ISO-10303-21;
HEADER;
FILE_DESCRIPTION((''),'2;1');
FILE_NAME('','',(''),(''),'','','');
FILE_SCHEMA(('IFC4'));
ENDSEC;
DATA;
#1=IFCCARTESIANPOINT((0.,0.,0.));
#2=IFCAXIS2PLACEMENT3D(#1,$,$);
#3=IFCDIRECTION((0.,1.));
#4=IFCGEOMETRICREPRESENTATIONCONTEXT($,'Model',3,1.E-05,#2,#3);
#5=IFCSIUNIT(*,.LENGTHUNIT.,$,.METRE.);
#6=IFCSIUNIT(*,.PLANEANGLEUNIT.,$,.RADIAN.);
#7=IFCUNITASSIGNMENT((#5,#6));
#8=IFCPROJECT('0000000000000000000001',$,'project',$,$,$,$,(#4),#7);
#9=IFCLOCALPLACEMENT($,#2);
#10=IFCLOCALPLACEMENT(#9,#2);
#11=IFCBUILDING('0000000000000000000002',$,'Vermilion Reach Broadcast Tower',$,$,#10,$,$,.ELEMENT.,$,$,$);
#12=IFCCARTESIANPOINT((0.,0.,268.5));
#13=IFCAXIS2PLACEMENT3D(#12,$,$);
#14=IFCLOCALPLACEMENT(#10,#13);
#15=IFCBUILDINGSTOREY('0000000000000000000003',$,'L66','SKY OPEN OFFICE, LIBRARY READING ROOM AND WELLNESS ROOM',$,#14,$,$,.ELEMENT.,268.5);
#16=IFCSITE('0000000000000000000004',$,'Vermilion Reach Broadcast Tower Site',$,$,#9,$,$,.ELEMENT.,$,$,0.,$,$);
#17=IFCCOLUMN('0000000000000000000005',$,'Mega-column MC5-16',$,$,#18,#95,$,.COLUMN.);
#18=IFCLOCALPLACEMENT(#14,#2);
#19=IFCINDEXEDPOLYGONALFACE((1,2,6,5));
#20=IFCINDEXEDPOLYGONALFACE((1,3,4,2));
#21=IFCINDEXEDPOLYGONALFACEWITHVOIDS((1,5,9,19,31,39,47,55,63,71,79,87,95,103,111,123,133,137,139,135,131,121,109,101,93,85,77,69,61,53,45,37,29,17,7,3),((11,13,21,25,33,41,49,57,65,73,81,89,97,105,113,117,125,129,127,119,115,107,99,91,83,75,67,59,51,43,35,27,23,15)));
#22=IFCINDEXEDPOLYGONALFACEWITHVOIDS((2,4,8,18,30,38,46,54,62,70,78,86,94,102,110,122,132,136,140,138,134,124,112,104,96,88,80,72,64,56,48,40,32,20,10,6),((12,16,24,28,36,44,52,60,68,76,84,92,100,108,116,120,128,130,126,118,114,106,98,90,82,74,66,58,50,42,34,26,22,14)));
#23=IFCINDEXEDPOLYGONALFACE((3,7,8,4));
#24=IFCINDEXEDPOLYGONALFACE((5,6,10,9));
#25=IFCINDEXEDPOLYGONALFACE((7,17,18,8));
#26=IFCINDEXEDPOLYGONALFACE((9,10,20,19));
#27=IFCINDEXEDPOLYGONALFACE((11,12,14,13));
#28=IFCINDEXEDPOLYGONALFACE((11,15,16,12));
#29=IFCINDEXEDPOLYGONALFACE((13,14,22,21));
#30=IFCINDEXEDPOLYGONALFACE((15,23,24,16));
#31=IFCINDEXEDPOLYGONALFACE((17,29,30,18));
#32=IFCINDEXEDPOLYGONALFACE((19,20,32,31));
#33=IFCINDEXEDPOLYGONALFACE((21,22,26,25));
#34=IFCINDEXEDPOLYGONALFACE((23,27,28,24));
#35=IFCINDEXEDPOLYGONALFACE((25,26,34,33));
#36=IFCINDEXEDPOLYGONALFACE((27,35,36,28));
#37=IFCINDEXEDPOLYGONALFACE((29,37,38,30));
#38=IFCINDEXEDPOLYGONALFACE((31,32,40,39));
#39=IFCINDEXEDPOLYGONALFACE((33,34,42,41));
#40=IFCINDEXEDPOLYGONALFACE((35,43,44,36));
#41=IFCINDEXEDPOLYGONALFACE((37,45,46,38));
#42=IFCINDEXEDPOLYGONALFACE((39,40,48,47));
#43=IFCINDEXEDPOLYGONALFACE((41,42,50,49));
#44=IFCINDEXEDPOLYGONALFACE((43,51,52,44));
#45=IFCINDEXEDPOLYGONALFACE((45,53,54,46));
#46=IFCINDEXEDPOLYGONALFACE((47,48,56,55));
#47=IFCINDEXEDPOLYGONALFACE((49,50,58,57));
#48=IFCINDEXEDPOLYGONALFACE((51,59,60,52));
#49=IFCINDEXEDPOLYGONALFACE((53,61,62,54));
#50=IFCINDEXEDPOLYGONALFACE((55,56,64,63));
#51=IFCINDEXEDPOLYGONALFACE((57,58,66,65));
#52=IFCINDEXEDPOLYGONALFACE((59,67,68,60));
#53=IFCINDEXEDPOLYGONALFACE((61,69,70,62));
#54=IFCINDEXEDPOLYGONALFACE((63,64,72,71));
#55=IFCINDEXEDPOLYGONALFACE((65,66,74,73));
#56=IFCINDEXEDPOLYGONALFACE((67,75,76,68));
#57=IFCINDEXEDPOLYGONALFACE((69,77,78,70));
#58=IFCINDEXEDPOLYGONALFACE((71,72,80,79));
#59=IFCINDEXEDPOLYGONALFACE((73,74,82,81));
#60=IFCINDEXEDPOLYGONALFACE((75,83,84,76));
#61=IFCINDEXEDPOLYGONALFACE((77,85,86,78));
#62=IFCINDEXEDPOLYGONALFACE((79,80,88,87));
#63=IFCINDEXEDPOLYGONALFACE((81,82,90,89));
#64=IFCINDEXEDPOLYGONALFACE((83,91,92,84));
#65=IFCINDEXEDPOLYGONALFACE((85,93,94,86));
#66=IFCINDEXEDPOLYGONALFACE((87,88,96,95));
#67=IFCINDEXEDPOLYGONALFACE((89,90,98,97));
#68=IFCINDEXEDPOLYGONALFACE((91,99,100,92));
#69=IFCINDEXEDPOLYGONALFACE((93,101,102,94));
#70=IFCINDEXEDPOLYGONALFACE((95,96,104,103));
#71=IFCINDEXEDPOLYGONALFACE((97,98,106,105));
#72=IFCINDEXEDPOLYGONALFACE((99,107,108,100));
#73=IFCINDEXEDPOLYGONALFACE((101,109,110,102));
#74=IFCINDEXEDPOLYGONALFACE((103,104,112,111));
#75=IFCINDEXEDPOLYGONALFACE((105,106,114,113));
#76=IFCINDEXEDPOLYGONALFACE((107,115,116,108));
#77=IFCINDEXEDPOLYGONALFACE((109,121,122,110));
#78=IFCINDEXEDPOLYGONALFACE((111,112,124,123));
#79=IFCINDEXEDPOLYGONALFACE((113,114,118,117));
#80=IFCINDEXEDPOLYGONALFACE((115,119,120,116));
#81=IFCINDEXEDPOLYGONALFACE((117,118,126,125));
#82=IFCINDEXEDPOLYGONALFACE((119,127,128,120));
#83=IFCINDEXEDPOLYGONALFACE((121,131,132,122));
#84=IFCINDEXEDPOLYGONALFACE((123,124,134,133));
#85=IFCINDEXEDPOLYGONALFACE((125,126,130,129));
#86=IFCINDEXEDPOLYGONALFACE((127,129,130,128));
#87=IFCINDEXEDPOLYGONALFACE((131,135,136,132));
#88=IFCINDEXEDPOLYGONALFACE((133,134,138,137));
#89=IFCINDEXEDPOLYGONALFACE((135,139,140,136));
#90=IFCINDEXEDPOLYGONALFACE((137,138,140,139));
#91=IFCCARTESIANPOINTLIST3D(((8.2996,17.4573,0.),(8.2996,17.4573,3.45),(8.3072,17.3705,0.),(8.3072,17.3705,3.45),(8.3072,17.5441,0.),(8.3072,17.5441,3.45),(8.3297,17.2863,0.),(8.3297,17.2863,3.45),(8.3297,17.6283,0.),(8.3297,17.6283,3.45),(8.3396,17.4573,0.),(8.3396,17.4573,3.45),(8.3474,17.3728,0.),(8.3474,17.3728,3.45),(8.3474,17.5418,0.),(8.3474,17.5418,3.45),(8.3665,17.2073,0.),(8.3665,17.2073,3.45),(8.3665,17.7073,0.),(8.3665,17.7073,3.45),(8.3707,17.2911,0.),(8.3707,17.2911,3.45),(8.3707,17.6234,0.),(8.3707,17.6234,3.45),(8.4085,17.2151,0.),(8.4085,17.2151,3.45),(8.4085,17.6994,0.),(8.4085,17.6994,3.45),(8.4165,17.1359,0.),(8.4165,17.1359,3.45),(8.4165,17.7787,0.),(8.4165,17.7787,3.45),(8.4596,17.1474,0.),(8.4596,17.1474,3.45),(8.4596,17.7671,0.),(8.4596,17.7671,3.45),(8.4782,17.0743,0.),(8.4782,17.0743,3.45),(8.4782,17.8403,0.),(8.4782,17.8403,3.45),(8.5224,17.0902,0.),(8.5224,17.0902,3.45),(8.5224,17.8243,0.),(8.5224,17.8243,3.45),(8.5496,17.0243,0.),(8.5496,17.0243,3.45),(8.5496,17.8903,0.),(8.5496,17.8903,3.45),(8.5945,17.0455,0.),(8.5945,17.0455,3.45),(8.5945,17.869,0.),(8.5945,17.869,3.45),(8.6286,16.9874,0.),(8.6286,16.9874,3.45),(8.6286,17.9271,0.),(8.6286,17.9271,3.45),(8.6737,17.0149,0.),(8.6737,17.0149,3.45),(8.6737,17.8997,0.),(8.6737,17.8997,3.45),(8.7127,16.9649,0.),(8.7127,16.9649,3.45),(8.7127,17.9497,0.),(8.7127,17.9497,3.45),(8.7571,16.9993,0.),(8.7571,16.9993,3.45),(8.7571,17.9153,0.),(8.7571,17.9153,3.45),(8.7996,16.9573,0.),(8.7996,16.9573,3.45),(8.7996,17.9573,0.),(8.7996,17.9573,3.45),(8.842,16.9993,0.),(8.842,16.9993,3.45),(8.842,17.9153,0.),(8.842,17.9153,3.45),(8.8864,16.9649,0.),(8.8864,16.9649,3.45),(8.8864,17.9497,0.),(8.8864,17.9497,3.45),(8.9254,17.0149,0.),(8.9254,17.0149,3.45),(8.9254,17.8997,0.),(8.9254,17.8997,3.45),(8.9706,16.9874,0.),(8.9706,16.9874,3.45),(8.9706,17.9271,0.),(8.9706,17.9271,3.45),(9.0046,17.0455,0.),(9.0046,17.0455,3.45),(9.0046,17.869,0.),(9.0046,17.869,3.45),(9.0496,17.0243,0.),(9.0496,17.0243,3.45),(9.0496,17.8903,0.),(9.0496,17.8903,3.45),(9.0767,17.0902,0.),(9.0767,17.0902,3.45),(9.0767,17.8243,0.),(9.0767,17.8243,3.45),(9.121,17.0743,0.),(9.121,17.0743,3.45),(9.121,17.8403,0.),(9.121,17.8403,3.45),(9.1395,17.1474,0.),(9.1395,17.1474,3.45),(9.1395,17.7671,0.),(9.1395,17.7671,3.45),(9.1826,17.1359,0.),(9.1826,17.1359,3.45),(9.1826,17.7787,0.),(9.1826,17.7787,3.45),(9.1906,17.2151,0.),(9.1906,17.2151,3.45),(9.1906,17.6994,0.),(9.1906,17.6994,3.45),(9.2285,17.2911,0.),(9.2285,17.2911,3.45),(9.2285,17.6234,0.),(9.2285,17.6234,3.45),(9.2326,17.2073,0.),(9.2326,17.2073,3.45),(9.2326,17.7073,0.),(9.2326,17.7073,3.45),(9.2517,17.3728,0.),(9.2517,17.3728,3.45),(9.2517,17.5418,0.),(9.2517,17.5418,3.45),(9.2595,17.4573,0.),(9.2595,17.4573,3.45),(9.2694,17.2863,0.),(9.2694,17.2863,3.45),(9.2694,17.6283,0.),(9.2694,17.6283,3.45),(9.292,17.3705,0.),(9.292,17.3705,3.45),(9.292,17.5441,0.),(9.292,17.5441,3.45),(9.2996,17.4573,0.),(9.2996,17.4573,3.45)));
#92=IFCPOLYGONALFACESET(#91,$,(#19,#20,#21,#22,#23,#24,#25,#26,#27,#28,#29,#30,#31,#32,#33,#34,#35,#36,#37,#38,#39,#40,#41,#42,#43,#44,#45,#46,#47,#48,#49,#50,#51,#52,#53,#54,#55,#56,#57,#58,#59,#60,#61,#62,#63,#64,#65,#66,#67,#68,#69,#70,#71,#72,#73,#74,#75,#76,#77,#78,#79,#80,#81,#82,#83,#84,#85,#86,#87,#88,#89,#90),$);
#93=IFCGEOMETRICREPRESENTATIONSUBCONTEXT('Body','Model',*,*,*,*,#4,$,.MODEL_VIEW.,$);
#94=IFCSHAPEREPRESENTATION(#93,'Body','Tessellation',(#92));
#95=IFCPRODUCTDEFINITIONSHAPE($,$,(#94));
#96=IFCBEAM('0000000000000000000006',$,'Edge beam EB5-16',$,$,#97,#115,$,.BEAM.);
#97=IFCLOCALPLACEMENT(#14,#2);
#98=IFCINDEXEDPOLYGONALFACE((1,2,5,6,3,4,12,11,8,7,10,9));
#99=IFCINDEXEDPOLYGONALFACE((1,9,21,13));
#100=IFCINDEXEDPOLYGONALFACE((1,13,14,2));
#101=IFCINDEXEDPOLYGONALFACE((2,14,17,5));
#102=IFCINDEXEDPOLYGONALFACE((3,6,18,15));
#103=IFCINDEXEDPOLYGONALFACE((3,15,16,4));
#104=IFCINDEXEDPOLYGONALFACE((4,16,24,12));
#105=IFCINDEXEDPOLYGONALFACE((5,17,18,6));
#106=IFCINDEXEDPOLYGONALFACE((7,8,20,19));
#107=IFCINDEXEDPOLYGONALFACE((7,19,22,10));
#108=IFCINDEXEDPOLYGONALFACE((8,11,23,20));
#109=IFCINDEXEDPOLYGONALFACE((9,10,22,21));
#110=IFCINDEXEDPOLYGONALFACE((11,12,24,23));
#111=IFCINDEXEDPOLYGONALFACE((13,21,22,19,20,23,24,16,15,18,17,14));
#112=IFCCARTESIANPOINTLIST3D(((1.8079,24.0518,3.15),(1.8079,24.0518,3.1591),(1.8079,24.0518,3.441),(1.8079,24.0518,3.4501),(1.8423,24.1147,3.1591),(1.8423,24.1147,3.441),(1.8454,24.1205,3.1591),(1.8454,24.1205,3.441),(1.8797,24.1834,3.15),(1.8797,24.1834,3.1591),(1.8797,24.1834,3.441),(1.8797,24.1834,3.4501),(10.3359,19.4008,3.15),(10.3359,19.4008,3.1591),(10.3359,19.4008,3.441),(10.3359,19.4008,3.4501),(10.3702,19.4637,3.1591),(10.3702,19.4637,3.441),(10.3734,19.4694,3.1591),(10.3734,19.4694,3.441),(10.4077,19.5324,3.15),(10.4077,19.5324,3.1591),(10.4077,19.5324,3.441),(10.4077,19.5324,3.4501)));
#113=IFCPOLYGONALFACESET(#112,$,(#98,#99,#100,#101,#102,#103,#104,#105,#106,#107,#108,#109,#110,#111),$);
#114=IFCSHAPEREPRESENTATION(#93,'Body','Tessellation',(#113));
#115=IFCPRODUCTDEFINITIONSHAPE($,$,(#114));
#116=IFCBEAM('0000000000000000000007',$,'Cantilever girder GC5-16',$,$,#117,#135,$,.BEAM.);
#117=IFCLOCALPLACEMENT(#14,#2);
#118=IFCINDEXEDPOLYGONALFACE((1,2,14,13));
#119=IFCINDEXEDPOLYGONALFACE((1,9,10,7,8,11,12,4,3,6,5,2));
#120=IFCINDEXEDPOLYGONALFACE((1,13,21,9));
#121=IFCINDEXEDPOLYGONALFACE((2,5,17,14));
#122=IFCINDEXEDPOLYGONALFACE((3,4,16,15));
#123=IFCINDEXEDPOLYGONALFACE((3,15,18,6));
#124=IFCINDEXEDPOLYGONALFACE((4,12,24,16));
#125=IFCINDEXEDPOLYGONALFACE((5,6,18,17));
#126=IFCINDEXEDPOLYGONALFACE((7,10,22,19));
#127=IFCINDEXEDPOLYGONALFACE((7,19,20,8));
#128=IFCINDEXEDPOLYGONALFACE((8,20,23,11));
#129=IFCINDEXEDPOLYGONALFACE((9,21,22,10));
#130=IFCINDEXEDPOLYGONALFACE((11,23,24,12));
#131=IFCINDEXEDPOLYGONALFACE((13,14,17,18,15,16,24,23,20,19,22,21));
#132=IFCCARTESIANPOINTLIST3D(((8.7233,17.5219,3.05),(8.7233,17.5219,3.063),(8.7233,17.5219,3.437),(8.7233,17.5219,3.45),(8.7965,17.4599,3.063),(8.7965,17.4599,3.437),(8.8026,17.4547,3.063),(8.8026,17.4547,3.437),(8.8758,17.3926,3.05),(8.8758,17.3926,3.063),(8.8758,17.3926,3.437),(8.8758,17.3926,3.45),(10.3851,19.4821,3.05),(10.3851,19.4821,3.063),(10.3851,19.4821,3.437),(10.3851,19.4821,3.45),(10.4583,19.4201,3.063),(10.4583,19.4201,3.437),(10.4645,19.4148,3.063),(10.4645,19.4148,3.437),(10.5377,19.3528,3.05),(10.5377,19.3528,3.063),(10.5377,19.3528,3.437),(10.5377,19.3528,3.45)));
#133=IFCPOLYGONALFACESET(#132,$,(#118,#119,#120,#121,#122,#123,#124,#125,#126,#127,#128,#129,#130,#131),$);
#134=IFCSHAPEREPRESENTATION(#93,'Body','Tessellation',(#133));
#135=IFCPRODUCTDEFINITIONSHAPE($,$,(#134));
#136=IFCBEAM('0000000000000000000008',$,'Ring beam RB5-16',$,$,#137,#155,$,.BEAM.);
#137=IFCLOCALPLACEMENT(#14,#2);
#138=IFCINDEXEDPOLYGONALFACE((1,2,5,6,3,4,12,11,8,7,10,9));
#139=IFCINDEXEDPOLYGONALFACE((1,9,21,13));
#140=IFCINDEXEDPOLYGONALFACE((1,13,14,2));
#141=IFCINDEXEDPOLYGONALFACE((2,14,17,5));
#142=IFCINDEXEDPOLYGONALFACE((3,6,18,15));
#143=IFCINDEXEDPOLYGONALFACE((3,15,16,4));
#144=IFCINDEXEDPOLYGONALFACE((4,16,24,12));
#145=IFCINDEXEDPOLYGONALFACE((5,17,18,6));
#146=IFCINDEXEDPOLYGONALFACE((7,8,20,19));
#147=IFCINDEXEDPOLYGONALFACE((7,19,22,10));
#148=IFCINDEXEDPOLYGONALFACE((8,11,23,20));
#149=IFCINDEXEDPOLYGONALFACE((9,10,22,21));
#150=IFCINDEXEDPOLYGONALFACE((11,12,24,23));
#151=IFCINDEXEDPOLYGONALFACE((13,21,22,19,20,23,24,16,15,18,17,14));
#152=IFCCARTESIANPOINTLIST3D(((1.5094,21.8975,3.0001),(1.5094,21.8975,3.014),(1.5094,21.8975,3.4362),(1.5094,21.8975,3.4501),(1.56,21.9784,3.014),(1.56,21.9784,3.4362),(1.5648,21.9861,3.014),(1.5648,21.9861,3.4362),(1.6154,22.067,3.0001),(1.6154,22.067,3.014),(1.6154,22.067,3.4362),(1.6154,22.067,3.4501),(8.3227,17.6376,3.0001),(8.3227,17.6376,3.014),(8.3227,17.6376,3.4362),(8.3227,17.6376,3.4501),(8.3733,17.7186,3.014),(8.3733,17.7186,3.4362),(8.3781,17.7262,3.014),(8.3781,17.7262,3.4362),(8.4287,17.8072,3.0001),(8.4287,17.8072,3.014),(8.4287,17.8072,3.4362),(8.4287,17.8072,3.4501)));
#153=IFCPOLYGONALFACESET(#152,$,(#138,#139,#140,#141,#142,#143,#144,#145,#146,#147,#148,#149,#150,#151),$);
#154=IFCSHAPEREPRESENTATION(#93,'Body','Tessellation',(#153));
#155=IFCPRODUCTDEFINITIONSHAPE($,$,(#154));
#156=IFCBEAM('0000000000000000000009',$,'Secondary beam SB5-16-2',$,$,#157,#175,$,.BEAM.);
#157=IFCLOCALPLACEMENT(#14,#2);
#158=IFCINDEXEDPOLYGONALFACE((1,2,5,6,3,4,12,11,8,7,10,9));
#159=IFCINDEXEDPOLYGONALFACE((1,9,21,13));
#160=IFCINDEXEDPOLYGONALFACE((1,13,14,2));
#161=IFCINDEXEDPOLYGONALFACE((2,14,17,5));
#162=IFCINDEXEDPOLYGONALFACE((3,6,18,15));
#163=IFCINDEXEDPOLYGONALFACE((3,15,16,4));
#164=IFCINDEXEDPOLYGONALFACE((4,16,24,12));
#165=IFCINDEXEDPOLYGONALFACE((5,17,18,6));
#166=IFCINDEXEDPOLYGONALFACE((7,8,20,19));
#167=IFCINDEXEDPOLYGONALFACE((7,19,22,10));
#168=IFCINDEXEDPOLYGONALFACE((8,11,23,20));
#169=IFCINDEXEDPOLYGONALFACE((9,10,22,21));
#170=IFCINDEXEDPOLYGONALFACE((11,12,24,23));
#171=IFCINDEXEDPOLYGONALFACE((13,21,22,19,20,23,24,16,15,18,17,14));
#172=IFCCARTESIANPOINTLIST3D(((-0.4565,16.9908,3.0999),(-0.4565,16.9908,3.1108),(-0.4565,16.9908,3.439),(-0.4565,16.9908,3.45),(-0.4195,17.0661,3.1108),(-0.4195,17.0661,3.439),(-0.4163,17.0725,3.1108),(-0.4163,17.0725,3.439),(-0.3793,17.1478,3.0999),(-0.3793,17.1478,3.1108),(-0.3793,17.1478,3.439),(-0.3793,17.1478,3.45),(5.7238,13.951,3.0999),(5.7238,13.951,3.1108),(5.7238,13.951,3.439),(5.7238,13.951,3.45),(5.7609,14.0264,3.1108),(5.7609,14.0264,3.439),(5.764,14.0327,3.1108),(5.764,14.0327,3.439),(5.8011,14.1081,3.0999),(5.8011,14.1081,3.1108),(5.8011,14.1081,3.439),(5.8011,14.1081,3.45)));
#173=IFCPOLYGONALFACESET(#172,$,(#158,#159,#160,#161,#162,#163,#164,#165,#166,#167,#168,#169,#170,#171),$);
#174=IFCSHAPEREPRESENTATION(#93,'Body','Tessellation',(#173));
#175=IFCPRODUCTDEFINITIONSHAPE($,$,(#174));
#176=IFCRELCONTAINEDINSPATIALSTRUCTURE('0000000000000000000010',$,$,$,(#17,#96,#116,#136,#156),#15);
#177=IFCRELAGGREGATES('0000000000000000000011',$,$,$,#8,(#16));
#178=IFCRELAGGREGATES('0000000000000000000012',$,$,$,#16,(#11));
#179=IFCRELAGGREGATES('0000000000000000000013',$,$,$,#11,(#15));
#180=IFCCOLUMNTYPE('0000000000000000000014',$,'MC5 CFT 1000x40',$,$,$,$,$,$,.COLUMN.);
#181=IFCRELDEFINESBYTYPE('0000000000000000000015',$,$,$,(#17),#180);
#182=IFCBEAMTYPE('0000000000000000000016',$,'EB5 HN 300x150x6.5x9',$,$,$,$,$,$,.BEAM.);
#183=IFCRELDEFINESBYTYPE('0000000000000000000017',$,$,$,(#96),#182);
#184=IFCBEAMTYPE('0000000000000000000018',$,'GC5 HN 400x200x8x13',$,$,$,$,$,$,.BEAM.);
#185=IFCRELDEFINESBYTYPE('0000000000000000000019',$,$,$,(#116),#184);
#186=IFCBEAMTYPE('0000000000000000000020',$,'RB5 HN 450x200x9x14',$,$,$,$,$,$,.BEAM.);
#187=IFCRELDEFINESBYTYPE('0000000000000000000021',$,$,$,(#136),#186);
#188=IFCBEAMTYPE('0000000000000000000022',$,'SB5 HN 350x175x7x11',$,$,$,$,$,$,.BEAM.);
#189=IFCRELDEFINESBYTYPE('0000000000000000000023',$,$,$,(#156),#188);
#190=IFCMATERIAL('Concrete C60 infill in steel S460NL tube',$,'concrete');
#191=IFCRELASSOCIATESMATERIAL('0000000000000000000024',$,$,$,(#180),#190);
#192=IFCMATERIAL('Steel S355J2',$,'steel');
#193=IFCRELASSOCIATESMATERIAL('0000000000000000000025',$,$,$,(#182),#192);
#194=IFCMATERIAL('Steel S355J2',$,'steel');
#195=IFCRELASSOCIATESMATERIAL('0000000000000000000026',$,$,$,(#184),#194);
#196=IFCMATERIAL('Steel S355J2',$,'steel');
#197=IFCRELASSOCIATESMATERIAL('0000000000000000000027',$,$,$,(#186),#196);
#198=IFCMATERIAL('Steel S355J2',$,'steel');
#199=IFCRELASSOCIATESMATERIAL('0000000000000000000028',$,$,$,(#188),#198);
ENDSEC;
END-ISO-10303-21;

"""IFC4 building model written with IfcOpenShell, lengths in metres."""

from ifc_helpers import new_model, si_unit, direction, frame, origin, origin_2d, place, context, subcontext, project, spatial, hollow_circle, i_section, extrude, material, material_profile, profile_set, type_object, element, save


model = new_model("IFC4")

# Units and contexts
model_context = context("Model", 3, precision=1e-05, world=origin(), true_north=direction((0.0, 1.0)))
body_context = subcontext(model_context, "Body", "Model", "MODEL_VIEW")
ifc_project = project(units=[si_unit("LENGTHUNIT", "METRE"), si_unit("PLANEANGLEUNIT", "RADIAN")], contexts=[model_context])

# Site, building, storey
site_placement = place(None, origin())
site = spatial("IfcSite", under=ifc_project, at=site_placement, Name="Vermilion Reach Broadcast Tower Site", CompositionType="ELEMENT", RefElevation=0.0)
building_placement = place(site_placement, origin())
building = spatial("IfcBuilding", under=site, at=building_placement, Name="Vermilion Reach Broadcast Tower", CompositionType="ELEMENT")
storey_placement = place(building_placement, frame((0.0, 0.0, 268.5)))
storey = spatial("IfcBuildingStorey", under=building, at=storey_placement, Name="L66", Description="SKY OPEN OFFICE, LIBRARY READING ROOM AND WELLNESS ROOM", CompositionType="ELEMENT", Elevation=268.5)

# Column
ifc_material_1 = material(Name="Concrete C60 infill in steel S460NL tube", Category="concrete")
ifc_material_profile_1 = material_profile(ifc_material_1, hollow_circle(Radius=0.5, WallThickness=0.04, at=origin_2d()), Name="Concrete C60 infill in steel S460NL tube CFT 1000x40")
ifc_profile_set_1 = profile_set([ifc_material_profile_1], Name="Concrete C60 infill in steel S460NL tube")
column_type = type_object("IfcColumnType", Name="MC5 CFT 1000x40", PredefinedType="COLUMN", material=ifc_profile_set_1)
column_placement = place(storey_placement, frame((8.7996, 17.4573, 0.0), z_axis=(0.0, 0.0, 1.0), x_axis=(1.0, 0.0, 0.0)))
element("IfcColumn", 1, at=column_placement, inside=storey, type_object=column_type, Name="Mega-column MC5-16", PredefinedType="COLUMN", context=body_context, shape_type="SweptSolid", body=[
    extrude(hollow_circle(Radius=0.5, WallThickness=0.04, at=origin_2d()), origin(), (0.0, 0.0, 1.0), 3.45),
])

# Beams
ifc_material_2 = material(Name="Steel S355J2", Category="steel")
ifc_material_profile_2 = material_profile(ifc_material_2, i_section(OverallWidth=0.1499, OverallDepth=0.3, WebThickness=0.0066, FlangeThickness=0.009, at=origin_2d()), Name="S355J2 HN 300x150x6.5x9")
ifc_profile_set_2 = profile_set([ifc_material_profile_2], Name="Steel S355J2")
beam_type_1 = type_object("IfcBeamType", Name="EB5 HN 300x150x6.5x9", PredefinedType="BEAM", material=ifc_profile_set_2)
beam_1_placement = place(storey_placement, frame((10.3718, 19.4666, 3.3), z_axis=(-0.87792, 0.478808, 0.0), x_axis=(-0.478808, -0.87792, 0.0)))
element("IfcBeam", 2, at=beam_1_placement, inside=storey, type_object=beam_type_1, Name="Edge beam EB5-16", PredefinedType="BEAM", context=body_context, shape_type="SweptSolid", body=[
    extrude(i_section(OverallWidth=0.1499, OverallDepth=0.3, WebThickness=0.0066, FlangeThickness=0.009, at=origin_2d()), origin(), (0.0, 0.0, 1.0), 9.7139),
])
ifc_material_3 = material(Name="Steel S355J2", Category="steel")
ifc_material_profile_3 = material_profile(ifc_material_3, i_section(OverallWidth=0.2, OverallDepth=0.3999, WebThickness=0.0081, FlangeThickness=0.0129, at=origin_2d()), Name="S355J2 HN 400x200x8x13")
ifc_profile_set_3 = profile_set([ifc_material_profile_3], Name="Steel S355J2")
beam_type_2 = type_object("IfcBeamType", Name="GC5 HN 400x200x8x13", PredefinedType="BEAM", material=ifc_profile_set_3)
beam_2_placement = place(storey_placement, frame((8.7996, 17.4573, 3.25), z_axis=(0.646674, 0.762766, 0.0), x_axis=(-0.762766, 0.646674, 0.0)))
element("IfcBeam", 3, at=beam_2_placement, inside=storey, type_object=beam_type_2, Name="Cantilever girder GC5-16", PredefinedType="BEAM", context=body_context, shape_type="SweptSolid", body=[
    extrude(i_section(OverallWidth=0.2, OverallDepth=0.3999, WebThickness=0.0081, FlangeThickness=0.0129, at=origin_2d()), origin(), (0.0, 0.0, 1.0), 2.5698),
])
ifc_material_4 = material(Name="Steel S355J2", Category="steel")
ifc_material_profile_4 = material_profile(ifc_material_4, i_section(OverallWidth=0.2, OverallDepth=0.45, WebThickness=0.009, FlangeThickness=0.0139, at=origin_2d()), Name="S355J2 HN 450x200x9x14")
ifc_profile_set_4 = profile_set([ifc_material_profile_4], Name="Steel S355J2")
beam_type_3 = type_object("IfcBeamType", Name="RB5 HN 450x200x9x14", PredefinedType="BEAM", material=ifc_profile_set_4)
beam_3_placement = place(storey_placement, frame((8.3757, 17.7224, 3.2251), z_axis=(-0.847915, 0.530133, 0.0), x_axis=(-0.530133, -0.847915, 0.0)))
element("IfcBeam", 4, at=beam_3_placement, inside=storey, type_object=beam_type_3, Name="Ring beam RB5-16", PredefinedType="BEAM", context=body_context, shape_type="SweptSolid", body=[
    extrude(i_section(OverallWidth=0.2, OverallDepth=0.45, WebThickness=0.009, FlangeThickness=0.0139, at=origin_2d()), origin(), (0.0, 0.0, 1.0), 8.0354),
])
ifc_material_5 = material(Name="Steel S355J2", Category="steel")
ifc_material_profile_5 = material_profile(ifc_material_5, i_section(OverallWidth=0.175, OverallDepth=0.3501, WebThickness=0.0071, FlangeThickness=0.011, at=origin_2d()), Name="S355J2 HN 350x175x7x11")
ifc_profile_set_5 = profile_set([ifc_material_profile_5], Name="Steel S355J2")
beam_type_4 = type_object("IfcBeamType", Name="SB5 HN 350x175x7x11", PredefinedType="BEAM", material=ifc_profile_set_5)
beam_4_placement = place(storey_placement, frame((5.7625, 14.0295, 3.2749), z_axis=(-0.897336, 0.441348, 0.0), x_axis=(-0.441348, -0.897336, 0.0)))
element("IfcBeam", 5, at=beam_4_placement, inside=storey, type_object=beam_type_4, Name="Secondary beam SB5-16-2", PredefinedType="BEAM", context=body_context, shape_type="SweptSolid", body=[
    extrude(i_section(OverallWidth=0.175, OverallDepth=0.3501, WebThickness=0.0071, FlangeThickness=0.011, at=origin_2d()), origin(), (0.0, 0.0, 1.0), 6.8875),
])

save(model, "model.ifc")
